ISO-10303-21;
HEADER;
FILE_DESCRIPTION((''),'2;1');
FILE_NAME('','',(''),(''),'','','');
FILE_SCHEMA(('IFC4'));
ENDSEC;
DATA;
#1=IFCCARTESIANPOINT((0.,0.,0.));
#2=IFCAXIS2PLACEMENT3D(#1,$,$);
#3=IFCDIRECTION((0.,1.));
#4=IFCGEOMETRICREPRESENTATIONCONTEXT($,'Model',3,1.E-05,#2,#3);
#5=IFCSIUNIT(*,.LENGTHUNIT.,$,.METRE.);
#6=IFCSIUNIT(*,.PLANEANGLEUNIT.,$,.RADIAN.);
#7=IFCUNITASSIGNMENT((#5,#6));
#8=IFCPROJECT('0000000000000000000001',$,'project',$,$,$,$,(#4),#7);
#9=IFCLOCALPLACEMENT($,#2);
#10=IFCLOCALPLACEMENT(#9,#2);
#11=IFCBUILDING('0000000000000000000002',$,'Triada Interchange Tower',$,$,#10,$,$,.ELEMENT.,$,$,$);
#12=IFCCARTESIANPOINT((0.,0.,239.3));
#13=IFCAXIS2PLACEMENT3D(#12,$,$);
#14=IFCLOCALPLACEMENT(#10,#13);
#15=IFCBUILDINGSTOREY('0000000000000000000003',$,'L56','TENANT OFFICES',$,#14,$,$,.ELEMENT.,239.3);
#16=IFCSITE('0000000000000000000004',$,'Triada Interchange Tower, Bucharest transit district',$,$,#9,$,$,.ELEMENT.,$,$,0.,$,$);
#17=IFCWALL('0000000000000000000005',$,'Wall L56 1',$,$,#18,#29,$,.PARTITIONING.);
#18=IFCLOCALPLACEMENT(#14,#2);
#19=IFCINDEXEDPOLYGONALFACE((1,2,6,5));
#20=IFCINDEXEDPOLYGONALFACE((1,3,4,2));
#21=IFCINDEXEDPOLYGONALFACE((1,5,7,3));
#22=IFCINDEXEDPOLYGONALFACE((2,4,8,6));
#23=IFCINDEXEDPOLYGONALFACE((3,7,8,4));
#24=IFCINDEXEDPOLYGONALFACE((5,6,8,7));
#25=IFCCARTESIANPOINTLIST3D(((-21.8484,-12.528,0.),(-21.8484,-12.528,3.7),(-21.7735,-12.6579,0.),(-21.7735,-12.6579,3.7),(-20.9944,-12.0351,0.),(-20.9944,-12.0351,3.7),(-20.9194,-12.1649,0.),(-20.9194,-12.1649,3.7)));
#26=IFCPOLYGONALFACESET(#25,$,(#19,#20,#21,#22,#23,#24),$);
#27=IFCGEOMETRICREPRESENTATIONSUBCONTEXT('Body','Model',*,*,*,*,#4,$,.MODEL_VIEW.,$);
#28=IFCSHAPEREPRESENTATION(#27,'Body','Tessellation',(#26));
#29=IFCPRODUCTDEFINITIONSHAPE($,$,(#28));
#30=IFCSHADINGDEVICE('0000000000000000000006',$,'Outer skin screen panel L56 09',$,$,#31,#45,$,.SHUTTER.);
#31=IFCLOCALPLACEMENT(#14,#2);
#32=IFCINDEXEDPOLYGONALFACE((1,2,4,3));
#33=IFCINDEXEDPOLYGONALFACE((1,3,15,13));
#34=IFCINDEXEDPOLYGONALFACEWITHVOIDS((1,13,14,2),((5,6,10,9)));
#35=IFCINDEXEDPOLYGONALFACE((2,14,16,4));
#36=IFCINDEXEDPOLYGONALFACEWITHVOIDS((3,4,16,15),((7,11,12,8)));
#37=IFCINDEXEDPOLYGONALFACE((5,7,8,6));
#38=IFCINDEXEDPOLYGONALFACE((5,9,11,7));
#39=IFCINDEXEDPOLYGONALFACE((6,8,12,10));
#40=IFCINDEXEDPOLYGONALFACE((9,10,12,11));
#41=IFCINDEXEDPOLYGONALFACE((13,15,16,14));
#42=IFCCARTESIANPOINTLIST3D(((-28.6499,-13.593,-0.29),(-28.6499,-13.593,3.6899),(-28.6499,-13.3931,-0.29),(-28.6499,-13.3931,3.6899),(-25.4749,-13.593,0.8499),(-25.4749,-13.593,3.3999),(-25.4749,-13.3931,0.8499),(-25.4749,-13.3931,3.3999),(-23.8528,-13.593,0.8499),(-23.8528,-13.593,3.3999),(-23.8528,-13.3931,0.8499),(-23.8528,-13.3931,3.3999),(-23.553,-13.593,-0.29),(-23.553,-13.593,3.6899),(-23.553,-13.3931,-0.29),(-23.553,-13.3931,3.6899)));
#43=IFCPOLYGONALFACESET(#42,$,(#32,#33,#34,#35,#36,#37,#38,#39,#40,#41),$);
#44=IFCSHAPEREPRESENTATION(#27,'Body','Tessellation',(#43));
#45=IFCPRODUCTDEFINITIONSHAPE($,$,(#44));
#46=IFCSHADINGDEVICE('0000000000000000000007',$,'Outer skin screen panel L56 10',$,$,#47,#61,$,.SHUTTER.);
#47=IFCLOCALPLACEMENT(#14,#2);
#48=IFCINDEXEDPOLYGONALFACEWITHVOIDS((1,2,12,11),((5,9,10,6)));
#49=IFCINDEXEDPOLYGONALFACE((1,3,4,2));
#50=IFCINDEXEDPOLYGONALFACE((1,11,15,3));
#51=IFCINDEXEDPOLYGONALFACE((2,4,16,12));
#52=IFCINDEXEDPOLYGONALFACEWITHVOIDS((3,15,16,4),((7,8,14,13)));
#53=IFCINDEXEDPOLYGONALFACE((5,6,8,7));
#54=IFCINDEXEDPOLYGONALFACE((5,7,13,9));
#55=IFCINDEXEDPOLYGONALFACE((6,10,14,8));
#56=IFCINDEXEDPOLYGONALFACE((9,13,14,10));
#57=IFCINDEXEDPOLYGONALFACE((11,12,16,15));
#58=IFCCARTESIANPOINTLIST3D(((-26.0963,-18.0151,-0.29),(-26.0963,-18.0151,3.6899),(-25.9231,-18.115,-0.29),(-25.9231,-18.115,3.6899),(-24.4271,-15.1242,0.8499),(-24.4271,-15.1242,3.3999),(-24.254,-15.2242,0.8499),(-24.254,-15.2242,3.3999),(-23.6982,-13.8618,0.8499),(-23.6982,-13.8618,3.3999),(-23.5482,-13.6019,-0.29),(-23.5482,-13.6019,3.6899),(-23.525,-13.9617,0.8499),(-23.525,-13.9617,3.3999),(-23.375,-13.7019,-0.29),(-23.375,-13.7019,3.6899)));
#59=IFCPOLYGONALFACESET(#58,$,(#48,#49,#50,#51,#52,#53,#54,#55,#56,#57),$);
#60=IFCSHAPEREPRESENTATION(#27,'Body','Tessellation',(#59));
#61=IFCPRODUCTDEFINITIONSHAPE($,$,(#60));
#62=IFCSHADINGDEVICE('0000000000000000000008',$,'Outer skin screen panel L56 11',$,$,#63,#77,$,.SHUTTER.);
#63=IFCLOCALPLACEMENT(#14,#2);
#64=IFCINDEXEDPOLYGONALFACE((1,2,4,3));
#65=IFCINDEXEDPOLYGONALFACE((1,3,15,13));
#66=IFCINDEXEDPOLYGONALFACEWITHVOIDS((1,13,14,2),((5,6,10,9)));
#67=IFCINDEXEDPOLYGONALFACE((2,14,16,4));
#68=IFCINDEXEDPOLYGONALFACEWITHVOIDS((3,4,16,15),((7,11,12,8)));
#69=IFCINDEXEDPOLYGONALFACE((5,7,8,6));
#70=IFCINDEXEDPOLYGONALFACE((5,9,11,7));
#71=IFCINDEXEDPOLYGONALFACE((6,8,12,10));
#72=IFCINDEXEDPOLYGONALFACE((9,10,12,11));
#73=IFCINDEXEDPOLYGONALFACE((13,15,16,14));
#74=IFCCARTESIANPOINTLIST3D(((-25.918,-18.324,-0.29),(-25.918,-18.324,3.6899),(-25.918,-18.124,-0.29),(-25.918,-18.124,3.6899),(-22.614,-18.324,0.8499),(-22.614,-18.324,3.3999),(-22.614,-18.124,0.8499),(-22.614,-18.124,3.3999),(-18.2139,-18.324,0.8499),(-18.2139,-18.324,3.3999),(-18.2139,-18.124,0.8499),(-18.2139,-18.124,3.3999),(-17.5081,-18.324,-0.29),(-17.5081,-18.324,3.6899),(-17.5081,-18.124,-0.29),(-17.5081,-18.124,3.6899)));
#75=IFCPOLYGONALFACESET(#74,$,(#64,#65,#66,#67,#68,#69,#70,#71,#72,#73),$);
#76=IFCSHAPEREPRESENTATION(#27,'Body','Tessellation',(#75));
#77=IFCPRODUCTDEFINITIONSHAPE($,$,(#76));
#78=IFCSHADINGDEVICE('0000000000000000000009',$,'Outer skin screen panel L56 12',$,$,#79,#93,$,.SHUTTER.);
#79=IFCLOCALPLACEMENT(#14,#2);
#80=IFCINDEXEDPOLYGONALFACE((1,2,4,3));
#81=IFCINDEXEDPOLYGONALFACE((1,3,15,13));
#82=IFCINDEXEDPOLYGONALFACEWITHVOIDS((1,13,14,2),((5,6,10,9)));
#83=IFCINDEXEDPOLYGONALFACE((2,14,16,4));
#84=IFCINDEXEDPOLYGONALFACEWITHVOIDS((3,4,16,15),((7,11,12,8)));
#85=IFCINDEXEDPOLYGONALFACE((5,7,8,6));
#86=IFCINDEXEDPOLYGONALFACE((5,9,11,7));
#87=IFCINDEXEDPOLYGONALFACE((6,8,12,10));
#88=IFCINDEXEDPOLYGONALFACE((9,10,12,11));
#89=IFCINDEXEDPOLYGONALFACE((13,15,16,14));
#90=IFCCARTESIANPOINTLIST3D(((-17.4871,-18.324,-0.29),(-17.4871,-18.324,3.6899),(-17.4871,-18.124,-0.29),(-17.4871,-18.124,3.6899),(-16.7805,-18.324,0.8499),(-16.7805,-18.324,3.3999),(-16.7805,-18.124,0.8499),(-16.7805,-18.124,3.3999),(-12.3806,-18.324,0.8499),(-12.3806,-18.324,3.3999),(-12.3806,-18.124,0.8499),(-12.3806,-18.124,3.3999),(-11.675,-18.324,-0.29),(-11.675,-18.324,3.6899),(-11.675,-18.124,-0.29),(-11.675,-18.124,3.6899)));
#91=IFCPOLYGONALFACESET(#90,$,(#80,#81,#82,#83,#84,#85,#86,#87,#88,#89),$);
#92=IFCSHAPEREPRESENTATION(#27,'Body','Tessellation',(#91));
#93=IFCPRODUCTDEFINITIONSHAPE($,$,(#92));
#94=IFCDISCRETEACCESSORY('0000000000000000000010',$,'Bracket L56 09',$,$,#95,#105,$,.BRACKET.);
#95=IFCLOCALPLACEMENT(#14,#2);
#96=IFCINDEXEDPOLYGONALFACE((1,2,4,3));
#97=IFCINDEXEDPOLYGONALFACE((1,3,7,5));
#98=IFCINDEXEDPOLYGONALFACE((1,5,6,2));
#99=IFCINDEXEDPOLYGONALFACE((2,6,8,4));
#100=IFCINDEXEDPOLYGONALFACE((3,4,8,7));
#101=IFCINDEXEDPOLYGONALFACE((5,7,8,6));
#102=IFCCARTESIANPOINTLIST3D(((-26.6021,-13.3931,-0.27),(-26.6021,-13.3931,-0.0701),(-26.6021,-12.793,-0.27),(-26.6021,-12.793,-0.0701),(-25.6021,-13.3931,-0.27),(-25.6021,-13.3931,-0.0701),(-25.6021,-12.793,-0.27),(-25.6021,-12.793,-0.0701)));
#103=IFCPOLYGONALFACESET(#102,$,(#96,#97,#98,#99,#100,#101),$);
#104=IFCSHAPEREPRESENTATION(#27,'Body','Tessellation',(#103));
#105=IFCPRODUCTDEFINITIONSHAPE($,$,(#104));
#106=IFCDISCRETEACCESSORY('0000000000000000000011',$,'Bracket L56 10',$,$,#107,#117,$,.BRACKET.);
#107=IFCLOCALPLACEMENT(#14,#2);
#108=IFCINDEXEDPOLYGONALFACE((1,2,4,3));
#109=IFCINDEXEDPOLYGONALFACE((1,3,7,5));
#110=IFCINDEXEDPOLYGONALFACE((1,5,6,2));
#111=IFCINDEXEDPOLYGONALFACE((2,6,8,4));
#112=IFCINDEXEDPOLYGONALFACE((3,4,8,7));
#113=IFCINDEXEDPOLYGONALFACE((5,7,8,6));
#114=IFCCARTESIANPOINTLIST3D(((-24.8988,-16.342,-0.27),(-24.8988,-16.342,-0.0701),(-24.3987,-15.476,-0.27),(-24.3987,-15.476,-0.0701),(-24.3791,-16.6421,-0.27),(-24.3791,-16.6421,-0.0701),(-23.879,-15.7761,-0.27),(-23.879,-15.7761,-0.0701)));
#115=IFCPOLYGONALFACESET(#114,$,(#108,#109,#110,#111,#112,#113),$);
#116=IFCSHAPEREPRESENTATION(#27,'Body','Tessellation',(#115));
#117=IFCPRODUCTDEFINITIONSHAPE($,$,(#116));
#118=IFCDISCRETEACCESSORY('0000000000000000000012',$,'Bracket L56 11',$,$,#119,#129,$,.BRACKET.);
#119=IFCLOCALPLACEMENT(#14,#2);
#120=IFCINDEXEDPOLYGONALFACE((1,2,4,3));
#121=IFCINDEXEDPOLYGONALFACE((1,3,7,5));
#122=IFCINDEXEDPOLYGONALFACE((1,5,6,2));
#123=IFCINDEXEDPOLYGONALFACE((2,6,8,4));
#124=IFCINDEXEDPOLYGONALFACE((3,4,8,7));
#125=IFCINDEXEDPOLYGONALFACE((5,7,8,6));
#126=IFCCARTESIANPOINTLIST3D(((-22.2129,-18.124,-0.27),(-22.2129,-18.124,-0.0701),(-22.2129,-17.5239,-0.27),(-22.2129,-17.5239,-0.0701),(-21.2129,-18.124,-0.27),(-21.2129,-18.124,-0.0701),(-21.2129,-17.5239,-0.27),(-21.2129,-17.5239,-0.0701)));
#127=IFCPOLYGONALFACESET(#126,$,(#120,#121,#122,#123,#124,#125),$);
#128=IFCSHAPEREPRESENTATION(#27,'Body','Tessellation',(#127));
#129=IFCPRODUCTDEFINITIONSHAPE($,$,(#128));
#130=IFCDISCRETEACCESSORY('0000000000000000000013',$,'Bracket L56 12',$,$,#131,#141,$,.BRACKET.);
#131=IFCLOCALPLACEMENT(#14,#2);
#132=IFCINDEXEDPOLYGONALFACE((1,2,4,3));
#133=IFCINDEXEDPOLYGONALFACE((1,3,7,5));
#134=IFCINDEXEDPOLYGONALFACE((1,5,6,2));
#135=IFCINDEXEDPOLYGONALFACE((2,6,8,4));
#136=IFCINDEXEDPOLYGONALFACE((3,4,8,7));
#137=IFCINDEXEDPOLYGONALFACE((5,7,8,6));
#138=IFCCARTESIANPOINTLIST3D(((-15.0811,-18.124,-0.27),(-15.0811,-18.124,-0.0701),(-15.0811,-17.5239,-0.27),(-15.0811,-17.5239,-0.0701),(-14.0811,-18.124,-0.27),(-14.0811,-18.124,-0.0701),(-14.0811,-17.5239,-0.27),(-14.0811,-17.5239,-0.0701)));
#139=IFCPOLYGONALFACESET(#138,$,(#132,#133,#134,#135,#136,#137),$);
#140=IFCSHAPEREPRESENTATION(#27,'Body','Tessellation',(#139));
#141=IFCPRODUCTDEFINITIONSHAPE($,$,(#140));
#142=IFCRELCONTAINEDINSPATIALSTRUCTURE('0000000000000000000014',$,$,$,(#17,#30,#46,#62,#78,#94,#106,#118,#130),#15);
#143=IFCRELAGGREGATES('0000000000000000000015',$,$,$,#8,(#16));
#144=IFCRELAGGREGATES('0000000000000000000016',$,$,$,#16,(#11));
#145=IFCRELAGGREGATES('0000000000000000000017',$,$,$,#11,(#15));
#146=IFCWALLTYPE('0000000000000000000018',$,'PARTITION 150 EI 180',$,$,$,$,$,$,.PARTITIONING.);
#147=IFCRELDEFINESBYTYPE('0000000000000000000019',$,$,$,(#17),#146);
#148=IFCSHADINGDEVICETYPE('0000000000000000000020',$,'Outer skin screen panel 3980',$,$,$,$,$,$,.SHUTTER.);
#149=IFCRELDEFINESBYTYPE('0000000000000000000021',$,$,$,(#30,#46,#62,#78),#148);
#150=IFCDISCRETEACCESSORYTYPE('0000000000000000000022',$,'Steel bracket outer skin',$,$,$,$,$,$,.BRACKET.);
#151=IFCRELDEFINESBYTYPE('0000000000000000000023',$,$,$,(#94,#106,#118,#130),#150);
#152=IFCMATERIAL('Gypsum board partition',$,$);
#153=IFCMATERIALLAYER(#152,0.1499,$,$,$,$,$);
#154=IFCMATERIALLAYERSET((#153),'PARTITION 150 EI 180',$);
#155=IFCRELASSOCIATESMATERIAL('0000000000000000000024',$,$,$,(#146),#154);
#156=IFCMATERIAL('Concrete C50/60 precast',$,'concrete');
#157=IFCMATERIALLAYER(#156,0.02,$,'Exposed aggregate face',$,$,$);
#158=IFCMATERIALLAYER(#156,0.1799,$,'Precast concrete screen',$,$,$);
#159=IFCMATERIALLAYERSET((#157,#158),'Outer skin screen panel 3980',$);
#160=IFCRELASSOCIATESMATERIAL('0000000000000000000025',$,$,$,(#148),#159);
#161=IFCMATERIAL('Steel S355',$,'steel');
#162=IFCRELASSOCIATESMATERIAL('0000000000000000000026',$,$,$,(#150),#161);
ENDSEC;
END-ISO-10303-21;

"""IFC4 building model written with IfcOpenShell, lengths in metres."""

from ifc_helpers import new_model, si_unit, direction, frame, frame_2d, origin, origin_2d, place, context, subcontext, project, spatial, polyline, rectangle, outline, extrude, material, layer, layer_set, type_object, element, save


model = new_model("IFC4")

# Units and contexts
model_context = context("Model", 3, precision=1e-05, world=origin(), true_north=direction((0.0, 1.0)))
body_context = subcontext(model_context, "Body", "Model", "MODEL_VIEW")
ifc_project = project(units=[si_unit("LENGTHUNIT", "METRE"), si_unit("PLANEANGLEUNIT", "RADIAN")], contexts=[model_context])

# Site, building, storey
site_placement = place(None, origin())
site = spatial("IfcSite", under=ifc_project, at=site_placement, Name="Triada Interchange Tower, Bucharest transit district", CompositionType="ELEMENT", RefElevation=0.0)
building_placement = place(site_placement, origin())
building = spatial("IfcBuilding", under=site, at=building_placement, Name="Triada Interchange Tower", CompositionType="ELEMENT")
storey_placement = place(building_placement, frame((0.0, 0.0, 239.3)))
storey = spatial("IfcBuildingStorey", under=building, at=storey_placement, Name="L56", Description="TENANT OFFICES", CompositionType="ELEMENT", Elevation=239.3)

# Wall
ifc_material_1 = material(Name="Gypsum board partition")
ifc_layer_1 = layer(ifc_material_1, 0.1499)
ifc_layer_set_1 = layer_set([ifc_layer_1], Name="PARTITION 150 EI 180")
wall_type_1 = type_object("IfcWallType", Name="PARTITION 150 EI 180", PredefinedType="PARTITIONING", material=ifc_layer_set_1)
wall_1_placement = place(storey_placement, frame((-21.811, -12.593, 0.0), z_axis=(0.0, 0.0, 1.0), x_axis=(0.866087, 0.499894, 0.0)))
element("IfcWall", 1, at=wall_1_placement, inside=storey, type_object=wall_type_1, Name="Wall L56 1", PredefinedType="PARTITIONING", context=body_context, shape_type="SweptSolid", body=[
    extrude(rectangle(XDim=0.9861, YDim=0.1499, at=frame_2d((0.4932, 0.0))), origin(), (0.0, 0.0, 1.0), 3.7),
])

# Shading devices
ifc_material_2 = material(Name="Concrete C50/60 precast", Category="concrete")
ifc_layer_2 = layer(ifc_material_2, 0.02, Name="Exposed aggregate face")
ifc_layer_3 = layer(ifc_material_2, 0.1799, Name="Precast concrete screen")
ifc_layer_set_2 = layer_set([ifc_layer_2, ifc_layer_3], Name="Outer skin screen panel 3980")
shading_device_type = type_object("IfcShadingDeviceType", Name="Outer skin screen panel 3980", PredefinedType="SHUTTER", material=ifc_layer_set_2)
shading_device_1_placement = place(storey_placement, frame((-28.6499, -13.3931, -0.29), z_axis=(0.0, 0.0, 1.0), x_axis=(1.0, 0.0, 0.0)))
element("IfcShadingDevice", 2, at=shading_device_1_placement, inside=storey, type_object=shading_device_type, Name="Outer skin screen panel L56 09", PredefinedType="SHUTTER", context=body_context, shape_type="SweptSolid", body=[
    extrude(outline(polyline([(0.0, 0.0), (5.0969, 0.0), (5.0969, 3.98), (0.0, 3.98), (0.0, 0.0)]), holes=[polyline([(3.175, 1.1399), (3.175, 3.6899), (4.7971, 3.6899), (4.7971, 1.1399), (3.175, 1.1399)])]), frame((0.0, 0.0, 0.0), z_axis=(0.0, -1.0, 0.0), x_axis=(1.0, 0.0, 0.0)), (0.0, 0.0, 1.0), 0.2),
])
shading_device_2_placement = place(storey_placement, frame((-23.375, -13.7019, -0.29), z_axis=(0.0, 0.0, 1.0), x_axis=(-0.500029, -0.866008, 0.0)))
element("IfcShadingDevice", 3, at=shading_device_2_placement, inside=storey, type_object=shading_device_type, Name="Outer skin screen panel L56 10", PredefinedType="SHUTTER", context=body_context, shape_type="SweptSolid", body=[
    extrude(outline(polyline([(0.0, 0.0), (5.0959, 0.0), (5.0959, 3.98), (0.0, 3.98), (0.0, 0.0)]), holes=[polyline([(0.3, 1.1399), (0.3, 3.6899), (1.7578, 3.6899), (1.7578, 1.1399), (0.3, 1.1399)])]), frame((0.0, 0.0, 0.0), z_axis=(0.0, -1.0, 0.0), x_axis=(1.0, 0.0, 0.0)), (0.0, 0.0, 1.0), 0.2),
])
shading_device_3_placement = place(storey_placement, frame((-25.918, -18.124, -0.29), z_axis=(0.0, 0.0, 1.0), x_axis=(1.0, 0.0, 0.0)))
element("IfcShadingDevice", 4, at=shading_device_3_placement, inside=storey, type_object=shading_device_type, Name="Outer skin screen panel L56 11", PredefinedType="SHUTTER", context=body_context, shape_type="SweptSolid", body=[
    extrude(outline(polyline([(0.0, 0.0), (8.4099, 0.0), (8.4099, 3.98), (0.0, 3.98), (0.0, 0.0)]), holes=[polyline([(3.304, 1.1399), (3.304, 3.6899), (7.7041, 3.6899), (7.7041, 1.1399), (3.304, 1.1399)])]), frame((0.0, 0.0, 0.0), z_axis=(0.0, -1.0, 0.0), x_axis=(1.0, 0.0, 0.0)), (0.0, 0.0, 1.0), 0.2),
])
shading_device_4_placement = place(storey_placement, frame((-17.4871, -18.124, -0.29), z_axis=(0.0, 0.0, 1.0), x_axis=(1.0, 0.0, 0.0)))
element("IfcShadingDevice", 5, at=shading_device_4_placement, inside=storey, type_object=shading_device_type, Name="Outer skin screen panel L56 12", PredefinedType="SHUTTER", context=body_context, shape_type="SweptSolid", body=[
    extrude(outline(polyline([(0.0, 0.0), (5.812, 0.0), (5.812, 3.98), (0.0, 3.98), (0.0, 0.0)]), holes=[polyline([(0.7065, 1.1399), (0.7065, 3.6899), (5.1064, 3.6899), (5.1064, 1.1399), (0.7065, 1.1399)])]), frame((0.0, 0.0, 0.0), z_axis=(0.0, -1.0, 0.0), x_axis=(1.0, 0.0, 0.0)), (0.0, 0.0, 1.0), 0.2),
])

# Discrete accessories
ifc_material_3 = material(Name="Steel S355", Category="steel")
discrete_accessory_type = type_object("IfcDiscreteAccessoryType", Name="Steel bracket outer skin", PredefinedType="BRACKET", material=ifc_material_3)
for number, where, z_axis, x_axis, name in (
    (6, (-26.1021, -13.093, -0.27), (0.0, 0.0, 1.0), (0.0, -1.0, 0.0), "Bracket L56 09"),
    (7, (-24.3889, -16.0591, -0.27), (0.0, 0.0, 1.0), (-0.865981, 0.500076, 0.0), "Bracket L56 10"),
    (8, (-21.7129, -17.824, -0.27), (0.0, 0.0, 1.0), (0.0, -1.0, 0.0), "Bracket L56 11"),
    (9, (-14.5811, -17.824, -0.27), (0.0, 0.0, 1.0), (0.0, -1.0, 0.0), "Bracket L56 12"),
):
    element("IfcDiscreteAccessory", number, at=place(storey_placement, frame(where, z_axis=z_axis, x_axis=x_axis)), inside=storey, type_object=discrete_accessory_type, Name=name, PredefinedType="BRACKET", context=body_context, shape_type="SweptSolid", body=[
        extrude(rectangle(XDim=0.6001, YDim=1.0, at=origin_2d()), origin(), (0.0, 0.0, 1.0), 0.2),
    ])

save(model, "model.ifc")
